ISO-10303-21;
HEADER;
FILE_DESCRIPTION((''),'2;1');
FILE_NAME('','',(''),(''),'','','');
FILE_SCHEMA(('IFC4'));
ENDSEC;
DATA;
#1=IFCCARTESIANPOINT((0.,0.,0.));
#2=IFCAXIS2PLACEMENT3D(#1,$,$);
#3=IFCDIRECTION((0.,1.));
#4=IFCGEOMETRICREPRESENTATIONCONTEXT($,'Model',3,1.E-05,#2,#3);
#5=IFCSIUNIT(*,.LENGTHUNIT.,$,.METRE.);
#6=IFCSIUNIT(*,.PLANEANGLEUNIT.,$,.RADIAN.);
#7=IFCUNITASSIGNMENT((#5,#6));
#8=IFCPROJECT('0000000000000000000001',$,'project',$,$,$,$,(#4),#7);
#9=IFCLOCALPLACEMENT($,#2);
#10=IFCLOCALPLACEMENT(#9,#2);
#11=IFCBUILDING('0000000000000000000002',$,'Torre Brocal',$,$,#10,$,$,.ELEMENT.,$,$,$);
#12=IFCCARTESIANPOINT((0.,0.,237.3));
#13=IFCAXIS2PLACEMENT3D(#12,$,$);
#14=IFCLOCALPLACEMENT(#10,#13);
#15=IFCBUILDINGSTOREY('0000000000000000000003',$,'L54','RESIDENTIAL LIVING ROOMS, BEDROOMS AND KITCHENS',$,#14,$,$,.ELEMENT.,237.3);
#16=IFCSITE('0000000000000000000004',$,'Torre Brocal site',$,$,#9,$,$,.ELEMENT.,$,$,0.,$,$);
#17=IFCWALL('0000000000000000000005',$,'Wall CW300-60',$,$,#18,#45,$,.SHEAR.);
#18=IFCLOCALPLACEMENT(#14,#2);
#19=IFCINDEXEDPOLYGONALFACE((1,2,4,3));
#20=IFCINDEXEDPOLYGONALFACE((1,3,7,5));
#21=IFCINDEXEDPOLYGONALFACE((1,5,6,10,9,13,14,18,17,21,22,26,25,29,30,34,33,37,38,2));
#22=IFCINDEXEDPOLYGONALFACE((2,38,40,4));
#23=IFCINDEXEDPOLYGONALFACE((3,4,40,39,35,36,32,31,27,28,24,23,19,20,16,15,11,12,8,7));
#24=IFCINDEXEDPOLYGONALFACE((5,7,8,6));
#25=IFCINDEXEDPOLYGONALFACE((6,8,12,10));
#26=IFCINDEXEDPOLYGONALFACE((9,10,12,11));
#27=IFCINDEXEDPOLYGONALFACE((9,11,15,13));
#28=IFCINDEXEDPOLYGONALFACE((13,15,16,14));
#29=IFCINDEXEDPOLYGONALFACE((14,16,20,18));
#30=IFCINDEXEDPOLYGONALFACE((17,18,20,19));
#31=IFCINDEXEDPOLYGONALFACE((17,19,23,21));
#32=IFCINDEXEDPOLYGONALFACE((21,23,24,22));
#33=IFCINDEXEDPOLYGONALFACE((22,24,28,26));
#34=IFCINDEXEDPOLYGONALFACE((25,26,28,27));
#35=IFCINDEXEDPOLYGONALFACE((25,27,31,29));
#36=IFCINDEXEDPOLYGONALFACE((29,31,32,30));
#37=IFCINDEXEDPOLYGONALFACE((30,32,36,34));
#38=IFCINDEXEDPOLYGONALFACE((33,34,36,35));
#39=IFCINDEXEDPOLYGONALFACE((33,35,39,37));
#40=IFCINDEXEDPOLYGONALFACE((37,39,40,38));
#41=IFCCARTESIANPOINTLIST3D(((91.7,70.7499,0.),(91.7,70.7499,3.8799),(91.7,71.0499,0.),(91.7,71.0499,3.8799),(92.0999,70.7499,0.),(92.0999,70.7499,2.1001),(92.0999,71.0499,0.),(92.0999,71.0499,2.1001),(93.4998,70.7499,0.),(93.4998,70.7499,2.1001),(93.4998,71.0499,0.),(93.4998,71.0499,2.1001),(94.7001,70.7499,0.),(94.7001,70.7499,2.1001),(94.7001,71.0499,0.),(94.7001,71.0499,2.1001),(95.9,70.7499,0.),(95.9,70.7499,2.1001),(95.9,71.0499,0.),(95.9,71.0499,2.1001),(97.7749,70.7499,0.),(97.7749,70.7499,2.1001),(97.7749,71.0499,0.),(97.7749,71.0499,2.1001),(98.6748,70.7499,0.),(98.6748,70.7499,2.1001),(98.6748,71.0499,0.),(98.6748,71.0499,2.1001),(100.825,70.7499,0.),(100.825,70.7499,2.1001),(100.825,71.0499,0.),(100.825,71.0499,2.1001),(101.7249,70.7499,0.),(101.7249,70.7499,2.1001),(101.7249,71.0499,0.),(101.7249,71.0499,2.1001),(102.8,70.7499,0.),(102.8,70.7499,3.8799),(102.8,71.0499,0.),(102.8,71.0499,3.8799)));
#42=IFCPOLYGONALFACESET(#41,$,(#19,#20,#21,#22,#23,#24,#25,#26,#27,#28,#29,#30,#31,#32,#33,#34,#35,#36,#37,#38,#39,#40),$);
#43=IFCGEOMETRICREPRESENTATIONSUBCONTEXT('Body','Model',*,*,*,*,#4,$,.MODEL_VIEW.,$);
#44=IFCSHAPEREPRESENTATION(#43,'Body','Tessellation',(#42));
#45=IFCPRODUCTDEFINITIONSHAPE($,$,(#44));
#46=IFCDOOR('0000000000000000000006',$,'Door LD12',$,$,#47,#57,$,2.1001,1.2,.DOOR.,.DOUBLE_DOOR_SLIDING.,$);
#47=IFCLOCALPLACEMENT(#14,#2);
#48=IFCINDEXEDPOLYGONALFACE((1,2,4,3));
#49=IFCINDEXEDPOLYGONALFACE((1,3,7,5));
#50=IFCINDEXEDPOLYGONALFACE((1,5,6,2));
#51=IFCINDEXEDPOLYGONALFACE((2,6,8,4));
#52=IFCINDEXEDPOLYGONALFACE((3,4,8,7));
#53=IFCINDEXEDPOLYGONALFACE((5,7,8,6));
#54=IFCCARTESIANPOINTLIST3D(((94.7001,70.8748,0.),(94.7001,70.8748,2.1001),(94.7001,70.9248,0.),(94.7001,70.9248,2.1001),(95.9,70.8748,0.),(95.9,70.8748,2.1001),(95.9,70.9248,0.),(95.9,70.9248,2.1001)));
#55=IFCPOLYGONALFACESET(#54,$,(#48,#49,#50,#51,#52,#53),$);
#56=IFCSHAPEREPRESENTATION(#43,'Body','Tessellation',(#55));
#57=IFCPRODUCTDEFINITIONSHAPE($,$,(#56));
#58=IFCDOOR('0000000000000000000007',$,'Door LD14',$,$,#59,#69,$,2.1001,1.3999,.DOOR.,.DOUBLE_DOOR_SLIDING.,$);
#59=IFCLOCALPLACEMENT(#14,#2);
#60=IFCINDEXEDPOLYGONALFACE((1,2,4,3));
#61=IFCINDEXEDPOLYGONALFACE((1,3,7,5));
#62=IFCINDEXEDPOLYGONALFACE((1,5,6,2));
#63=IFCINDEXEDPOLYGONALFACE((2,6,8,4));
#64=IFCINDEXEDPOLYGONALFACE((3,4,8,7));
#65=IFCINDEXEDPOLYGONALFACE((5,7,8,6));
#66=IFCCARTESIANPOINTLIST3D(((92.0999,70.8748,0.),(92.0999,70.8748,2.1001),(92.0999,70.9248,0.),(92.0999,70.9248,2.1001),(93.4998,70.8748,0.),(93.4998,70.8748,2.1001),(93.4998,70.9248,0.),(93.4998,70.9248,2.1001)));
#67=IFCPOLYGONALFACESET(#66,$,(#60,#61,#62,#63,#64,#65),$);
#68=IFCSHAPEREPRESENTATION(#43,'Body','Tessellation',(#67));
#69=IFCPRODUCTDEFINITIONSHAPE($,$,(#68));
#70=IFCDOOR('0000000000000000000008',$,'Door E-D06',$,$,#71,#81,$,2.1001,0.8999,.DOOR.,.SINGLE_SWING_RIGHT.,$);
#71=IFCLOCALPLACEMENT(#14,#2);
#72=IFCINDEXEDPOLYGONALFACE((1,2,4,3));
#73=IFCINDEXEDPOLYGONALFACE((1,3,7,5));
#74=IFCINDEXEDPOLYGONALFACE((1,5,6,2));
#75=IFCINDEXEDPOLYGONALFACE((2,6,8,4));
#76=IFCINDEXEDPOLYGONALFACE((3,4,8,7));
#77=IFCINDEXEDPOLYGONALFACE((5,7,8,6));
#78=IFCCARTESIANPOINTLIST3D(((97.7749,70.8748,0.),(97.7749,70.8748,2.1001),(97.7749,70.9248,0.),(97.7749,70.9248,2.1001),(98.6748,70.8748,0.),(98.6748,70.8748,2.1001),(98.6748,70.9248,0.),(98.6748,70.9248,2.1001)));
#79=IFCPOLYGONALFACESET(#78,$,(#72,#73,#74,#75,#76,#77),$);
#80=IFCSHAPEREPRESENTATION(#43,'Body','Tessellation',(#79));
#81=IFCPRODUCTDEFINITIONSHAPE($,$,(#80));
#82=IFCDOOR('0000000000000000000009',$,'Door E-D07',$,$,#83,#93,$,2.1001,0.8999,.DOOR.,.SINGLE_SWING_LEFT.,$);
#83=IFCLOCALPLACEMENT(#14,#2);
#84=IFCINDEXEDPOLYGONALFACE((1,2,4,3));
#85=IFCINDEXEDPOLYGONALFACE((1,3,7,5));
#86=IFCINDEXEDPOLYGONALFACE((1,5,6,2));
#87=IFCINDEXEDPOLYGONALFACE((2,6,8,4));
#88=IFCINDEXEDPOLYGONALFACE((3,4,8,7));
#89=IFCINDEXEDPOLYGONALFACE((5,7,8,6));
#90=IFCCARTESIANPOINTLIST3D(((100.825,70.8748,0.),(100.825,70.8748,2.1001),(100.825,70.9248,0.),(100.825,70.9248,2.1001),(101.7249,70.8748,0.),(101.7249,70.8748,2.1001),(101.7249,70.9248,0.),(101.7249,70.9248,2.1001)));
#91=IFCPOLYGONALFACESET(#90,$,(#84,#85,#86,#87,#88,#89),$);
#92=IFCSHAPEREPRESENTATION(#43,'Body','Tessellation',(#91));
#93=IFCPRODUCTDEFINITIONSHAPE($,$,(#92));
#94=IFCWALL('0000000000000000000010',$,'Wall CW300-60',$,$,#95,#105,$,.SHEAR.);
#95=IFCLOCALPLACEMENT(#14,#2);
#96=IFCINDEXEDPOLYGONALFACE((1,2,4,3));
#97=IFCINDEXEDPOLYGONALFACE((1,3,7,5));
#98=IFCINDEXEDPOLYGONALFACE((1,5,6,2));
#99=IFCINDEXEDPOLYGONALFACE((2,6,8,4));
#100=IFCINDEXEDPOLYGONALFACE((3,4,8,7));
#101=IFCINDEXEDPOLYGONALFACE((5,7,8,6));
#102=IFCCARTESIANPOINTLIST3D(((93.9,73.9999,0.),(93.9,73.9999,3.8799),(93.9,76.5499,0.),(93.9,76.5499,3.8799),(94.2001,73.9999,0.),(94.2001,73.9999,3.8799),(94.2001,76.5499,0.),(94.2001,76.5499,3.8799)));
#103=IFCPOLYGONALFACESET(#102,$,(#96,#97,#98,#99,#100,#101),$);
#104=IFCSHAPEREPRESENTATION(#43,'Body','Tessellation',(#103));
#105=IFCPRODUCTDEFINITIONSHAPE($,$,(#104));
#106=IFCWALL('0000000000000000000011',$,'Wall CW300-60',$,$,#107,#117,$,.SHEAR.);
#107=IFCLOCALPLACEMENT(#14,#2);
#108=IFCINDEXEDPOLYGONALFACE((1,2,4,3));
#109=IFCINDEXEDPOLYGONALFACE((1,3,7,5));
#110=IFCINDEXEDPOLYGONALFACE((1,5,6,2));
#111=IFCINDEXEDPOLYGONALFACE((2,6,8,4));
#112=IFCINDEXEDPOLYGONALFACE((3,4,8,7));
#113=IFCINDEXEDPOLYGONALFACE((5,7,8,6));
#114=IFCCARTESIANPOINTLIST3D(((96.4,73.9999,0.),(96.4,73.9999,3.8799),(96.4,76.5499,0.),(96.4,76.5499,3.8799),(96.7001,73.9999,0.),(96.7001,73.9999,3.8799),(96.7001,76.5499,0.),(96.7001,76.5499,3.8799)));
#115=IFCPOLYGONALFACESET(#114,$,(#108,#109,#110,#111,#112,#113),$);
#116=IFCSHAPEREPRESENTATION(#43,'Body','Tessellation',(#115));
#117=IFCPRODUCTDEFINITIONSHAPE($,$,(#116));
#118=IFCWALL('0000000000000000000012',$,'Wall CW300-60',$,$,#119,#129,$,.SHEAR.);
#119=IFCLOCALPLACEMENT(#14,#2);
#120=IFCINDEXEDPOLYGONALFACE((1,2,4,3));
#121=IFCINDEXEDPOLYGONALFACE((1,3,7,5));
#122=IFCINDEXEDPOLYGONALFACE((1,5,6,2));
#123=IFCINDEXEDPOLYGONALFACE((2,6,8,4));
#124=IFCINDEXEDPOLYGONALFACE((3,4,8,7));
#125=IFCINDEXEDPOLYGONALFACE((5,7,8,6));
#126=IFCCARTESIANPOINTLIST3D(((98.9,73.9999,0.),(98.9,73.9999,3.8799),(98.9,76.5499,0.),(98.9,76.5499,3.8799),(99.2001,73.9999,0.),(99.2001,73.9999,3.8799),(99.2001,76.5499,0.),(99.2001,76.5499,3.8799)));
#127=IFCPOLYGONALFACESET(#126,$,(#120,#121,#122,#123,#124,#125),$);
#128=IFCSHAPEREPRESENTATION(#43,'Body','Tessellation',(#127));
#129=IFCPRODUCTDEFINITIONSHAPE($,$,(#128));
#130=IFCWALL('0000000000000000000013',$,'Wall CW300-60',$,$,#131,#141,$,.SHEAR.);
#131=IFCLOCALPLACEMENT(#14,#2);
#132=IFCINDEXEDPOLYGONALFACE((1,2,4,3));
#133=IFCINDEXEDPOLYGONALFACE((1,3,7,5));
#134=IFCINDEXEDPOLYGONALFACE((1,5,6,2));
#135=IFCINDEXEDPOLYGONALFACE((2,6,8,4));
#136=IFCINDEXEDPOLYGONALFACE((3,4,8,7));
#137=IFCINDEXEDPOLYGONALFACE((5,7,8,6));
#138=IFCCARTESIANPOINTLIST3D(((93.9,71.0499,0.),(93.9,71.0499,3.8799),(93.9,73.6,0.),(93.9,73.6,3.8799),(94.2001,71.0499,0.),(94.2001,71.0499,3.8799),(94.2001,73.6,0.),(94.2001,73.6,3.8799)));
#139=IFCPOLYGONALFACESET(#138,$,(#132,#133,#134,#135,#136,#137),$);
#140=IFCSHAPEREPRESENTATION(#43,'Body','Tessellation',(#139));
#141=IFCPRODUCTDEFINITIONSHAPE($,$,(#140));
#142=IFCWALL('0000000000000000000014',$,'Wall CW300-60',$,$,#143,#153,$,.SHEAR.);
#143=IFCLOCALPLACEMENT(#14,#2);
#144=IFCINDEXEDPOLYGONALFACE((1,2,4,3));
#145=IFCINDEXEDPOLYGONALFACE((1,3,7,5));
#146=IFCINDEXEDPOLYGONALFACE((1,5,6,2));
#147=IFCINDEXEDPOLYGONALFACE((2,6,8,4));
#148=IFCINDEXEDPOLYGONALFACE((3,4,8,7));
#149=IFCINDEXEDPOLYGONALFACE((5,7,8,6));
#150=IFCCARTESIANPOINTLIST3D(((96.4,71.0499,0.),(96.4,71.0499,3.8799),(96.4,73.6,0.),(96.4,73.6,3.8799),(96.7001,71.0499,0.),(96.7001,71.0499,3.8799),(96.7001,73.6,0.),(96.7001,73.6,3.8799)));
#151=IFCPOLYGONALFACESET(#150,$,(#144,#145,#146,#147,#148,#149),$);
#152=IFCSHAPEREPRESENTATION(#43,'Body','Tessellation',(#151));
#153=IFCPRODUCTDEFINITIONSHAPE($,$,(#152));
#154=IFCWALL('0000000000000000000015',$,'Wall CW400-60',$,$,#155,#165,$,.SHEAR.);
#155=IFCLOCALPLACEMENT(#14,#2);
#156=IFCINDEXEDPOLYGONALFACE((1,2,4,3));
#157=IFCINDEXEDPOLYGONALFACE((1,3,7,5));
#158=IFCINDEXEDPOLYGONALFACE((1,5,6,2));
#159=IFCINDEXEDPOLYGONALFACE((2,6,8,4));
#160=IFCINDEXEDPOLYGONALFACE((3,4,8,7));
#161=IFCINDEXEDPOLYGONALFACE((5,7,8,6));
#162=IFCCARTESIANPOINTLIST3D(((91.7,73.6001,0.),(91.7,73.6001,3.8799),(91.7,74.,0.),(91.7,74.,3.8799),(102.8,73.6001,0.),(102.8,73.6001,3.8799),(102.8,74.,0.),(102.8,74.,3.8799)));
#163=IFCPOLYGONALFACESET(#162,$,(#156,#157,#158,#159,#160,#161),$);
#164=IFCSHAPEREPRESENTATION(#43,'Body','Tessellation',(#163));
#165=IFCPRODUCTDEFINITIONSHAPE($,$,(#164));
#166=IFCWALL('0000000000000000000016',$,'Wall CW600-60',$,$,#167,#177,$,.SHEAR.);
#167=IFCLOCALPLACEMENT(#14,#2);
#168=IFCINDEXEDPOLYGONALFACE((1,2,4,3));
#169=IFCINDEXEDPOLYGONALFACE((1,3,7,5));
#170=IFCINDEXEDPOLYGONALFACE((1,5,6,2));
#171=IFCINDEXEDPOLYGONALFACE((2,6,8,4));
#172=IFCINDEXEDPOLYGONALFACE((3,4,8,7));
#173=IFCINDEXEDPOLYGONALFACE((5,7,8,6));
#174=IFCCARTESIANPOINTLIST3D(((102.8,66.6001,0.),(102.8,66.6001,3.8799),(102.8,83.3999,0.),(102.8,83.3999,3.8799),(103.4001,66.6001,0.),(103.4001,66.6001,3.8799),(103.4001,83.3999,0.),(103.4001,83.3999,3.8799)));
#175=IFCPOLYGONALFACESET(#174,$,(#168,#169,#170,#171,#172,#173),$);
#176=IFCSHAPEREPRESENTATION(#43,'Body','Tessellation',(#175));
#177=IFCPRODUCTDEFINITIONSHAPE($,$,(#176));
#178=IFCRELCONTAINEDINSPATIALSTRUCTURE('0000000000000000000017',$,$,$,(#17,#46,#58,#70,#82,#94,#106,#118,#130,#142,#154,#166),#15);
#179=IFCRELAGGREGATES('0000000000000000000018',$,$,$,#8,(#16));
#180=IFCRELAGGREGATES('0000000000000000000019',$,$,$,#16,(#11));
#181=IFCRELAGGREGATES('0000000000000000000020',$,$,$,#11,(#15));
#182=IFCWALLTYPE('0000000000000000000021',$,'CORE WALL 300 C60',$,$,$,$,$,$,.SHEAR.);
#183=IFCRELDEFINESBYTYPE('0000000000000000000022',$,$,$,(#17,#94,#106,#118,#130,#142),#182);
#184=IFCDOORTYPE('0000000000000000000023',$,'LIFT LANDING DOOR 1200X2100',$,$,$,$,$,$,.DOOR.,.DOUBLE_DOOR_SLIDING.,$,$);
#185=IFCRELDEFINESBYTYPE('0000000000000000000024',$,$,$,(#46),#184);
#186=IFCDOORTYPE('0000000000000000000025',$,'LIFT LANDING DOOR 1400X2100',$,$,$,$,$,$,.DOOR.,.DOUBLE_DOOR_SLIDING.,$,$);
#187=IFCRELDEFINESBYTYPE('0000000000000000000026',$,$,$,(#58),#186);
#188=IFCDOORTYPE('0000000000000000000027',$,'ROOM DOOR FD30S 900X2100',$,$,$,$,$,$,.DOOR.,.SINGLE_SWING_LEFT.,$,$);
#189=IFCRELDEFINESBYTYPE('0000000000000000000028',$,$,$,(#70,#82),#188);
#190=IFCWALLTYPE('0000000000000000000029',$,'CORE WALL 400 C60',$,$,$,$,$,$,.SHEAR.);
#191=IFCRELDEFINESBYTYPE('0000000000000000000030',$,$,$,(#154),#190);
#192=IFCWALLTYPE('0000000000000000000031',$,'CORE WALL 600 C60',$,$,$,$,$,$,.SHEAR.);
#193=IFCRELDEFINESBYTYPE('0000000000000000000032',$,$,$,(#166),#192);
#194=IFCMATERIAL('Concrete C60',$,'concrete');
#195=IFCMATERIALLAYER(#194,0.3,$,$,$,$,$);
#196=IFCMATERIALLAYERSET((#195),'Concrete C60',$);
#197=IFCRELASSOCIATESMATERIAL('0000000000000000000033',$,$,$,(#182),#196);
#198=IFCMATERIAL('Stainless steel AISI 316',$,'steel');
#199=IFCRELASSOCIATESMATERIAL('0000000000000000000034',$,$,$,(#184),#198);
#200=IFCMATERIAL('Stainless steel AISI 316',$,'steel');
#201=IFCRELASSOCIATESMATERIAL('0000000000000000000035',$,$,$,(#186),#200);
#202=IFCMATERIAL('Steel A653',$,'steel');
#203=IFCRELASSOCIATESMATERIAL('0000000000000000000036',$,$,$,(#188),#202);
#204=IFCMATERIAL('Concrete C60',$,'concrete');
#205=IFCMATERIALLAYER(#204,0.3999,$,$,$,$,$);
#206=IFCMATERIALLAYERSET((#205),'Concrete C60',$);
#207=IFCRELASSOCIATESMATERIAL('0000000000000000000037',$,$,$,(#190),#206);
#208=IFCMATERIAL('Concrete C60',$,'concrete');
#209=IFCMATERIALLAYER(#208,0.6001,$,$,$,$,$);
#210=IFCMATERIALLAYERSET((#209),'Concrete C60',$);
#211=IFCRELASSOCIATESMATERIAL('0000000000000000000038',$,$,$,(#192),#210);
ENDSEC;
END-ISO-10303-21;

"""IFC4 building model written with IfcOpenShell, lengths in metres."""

from ifc_helpers import new_model, si_unit, direction, frame, frame_2d, origin, place, context, subcontext, project, spatial, rectangle, extrude, material, layer, layer_set, type_object, element, fill, save


model = new_model("IFC4")

# Units and contexts
model_context = context("Model", 3, precision=1e-05, world=origin(), true_north=direction((0.0, 1.0)))
body_context = subcontext(model_context, "Body", "Model", "MODEL_VIEW")
ifc_project = project(units=[si_unit("LENGTHUNIT", "METRE"), si_unit("PLANEANGLEUNIT", "RADIAN")], contexts=[model_context])

# Site, building, storey
site_placement = place(None, origin())
site = spatial("IfcSite", under=ifc_project, at=site_placement, Name="Torre Brocal site", CompositionType="ELEMENT", RefElevation=0.0)
building_placement = place(site_placement, origin())
building = spatial("IfcBuilding", under=site, at=building_placement, Name="Torre Brocal", CompositionType="ELEMENT")
storey_placement = place(building_placement, frame((0.0, 0.0, 237.3)))
storey = spatial("IfcBuildingStorey", under=building, at=storey_placement, Name="L54", Description="RESIDENTIAL LIVING ROOMS, BEDROOMS AND KITCHENS", CompositionType="ELEMENT", Elevation=237.3)

# Shared definitions
ifc_material_1 = material(Name="Concrete C60", Category="concrete")
ifc_layer_1 = layer(ifc_material_1, 0.3)
ifc_layer_set_1 = layer_set([ifc_layer_1], Name="Concrete C60")
wall_type_1 = type_object("IfcWallType", Name="CORE WALL 300 C60", PredefinedType="SHEAR", material=ifc_layer_set_1)

# Wall, openings, doors
wall_1_placement = place(storey_placement, frame((91.7, 70.8999, 0.0), z_axis=(0.0, 0.0, 1.0), x_axis=(1.0, 0.0, 0.0)))
wall_1 = element("IfcWall", 1, at=wall_1_placement, inside=storey, type_object=wall_type_1, Name="Wall CW300-60", PredefinedType="SHEAR", context=body_context, shape_type="SweptSolid", body=[
    extrude(rectangle(XDim=11.1001, YDim=0.3, at=frame_2d((5.55, 0.0))), origin(), (0.0, 0.0, 1.0), 3.8799),
])
opening_1_placement = place(wall_1_placement, frame((0.3999, 0.0, 0.0)))
opening_1 = element("IfcOpeningElement", 2, at=opening_1_placement, cuts=wall_1, PredefinedType="OPENING", context=body_context, shape_type="SweptSolid", body=[
    extrude(rectangle(XDim=1.3999, YDim=2.1001, at=frame_2d((0.7, 1.05))), frame((0.0, 0.1599, 0.0), z_axis=(0.0, -1.0, 0.0), x_axis=(1.0, 0.0, 0.0)), (0.0, 0.0, 1.0), 0.3201),
])
opening_2_placement = place(wall_1_placement, frame((3.0, 0.0, 0.0)))
opening_2 = element("IfcOpeningElement", 3, at=opening_2_placement, cuts=wall_1, PredefinedType="OPENING", context=body_context, shape_type="SweptSolid", body=[
    extrude(rectangle(XDim=1.2, YDim=2.1001, at=frame_2d((0.6001, 1.05))), frame((0.0, 0.1599, 0.0), z_axis=(0.0, -1.0, 0.0), x_axis=(1.0, 0.0, 0.0)), (0.0, 0.0, 1.0), 0.3201),
])
opening_3_placement = place(wall_1_placement, frame((6.075, 0.0, 0.0)))
opening_3 = element("IfcOpeningElement", 4, at=opening_3_placement, cuts=wall_1, PredefinedType="OPENING", context=body_context, shape_type="SweptSolid", body=[
    extrude(rectangle(XDim=0.8999, YDim=2.1001, at=frame_2d((0.45, 1.05))), frame((0.0, 0.1599, 0.0), z_axis=(0.0, -1.0, 0.0), x_axis=(1.0, 0.0, 0.0)), (0.0, 0.0, 1.0), 0.3201),
])
opening_4_placement = place(wall_1_placement, frame((9.125, 0.0, 0.0)))
opening_4 = element("IfcOpeningElement", 5, at=opening_4_placement, cuts=wall_1, PredefinedType="OPENING", context=body_context, shape_type="SweptSolid", body=[
    extrude(rectangle(XDim=0.8999, YDim=2.1001, at=frame_2d((0.45, 1.05))), frame((0.0, 0.1599, 0.0), z_axis=(0.0, -1.0, 0.0), x_axis=(1.0, 0.0, 0.0)), (0.0, 0.0, 1.0), 0.3201),
])
ifc_material_2 = material(Name="Stainless steel AISI 316", Category="steel")
door_type_1 = type_object("IfcDoorType", Name="LIFT LANDING DOOR 1200X2100", OperationType="DOUBLE_DOOR_SLIDING", PredefinedType="DOOR", material=ifc_material_2)
door_1_placement = place(opening_2_placement, origin())
door_1 = element("IfcDoor", 6, at=door_1_placement, inside=storey, type_object=door_type_1, Name="Door LD12", OperationType="DOUBLE_DOOR_SLIDING", OverallHeight=2.1001, OverallWidth=1.2, PredefinedType="DOOR", context=body_context, shape_type="SweptSolid", body=[
    extrude(rectangle(XDim=1.2, YDim=2.1001, at=frame_2d((0.6001, 1.05))), frame((0.0, 0.0249, 0.0), z_axis=(0.0, -1.0, 0.0), x_axis=(1.0, 0.0, 0.0)), (0.0, 0.0, 1.0), 0.05),
])
fill(opening_2, door_1)
ifc_material_3 = material(Name="Stainless steel AISI 316", Category="steel")
door_type_2 = type_object("IfcDoorType", Name="LIFT LANDING DOOR 1400X2100", OperationType="DOUBLE_DOOR_SLIDING", PredefinedType="DOOR", material=ifc_material_3)
door_2_placement = place(opening_1_placement, origin())
door_2 = element("IfcDoor", 7, at=door_2_placement, inside=storey, type_object=door_type_2, Name="Door LD14", OperationType="DOUBLE_DOOR_SLIDING", OverallHeight=2.1001, OverallWidth=1.3999, PredefinedType="DOOR", context=body_context, shape_type="SweptSolid", body=[
    extrude(rectangle(XDim=1.3999, YDim=2.1001, at=frame_2d((0.7, 1.05))), frame((0.0, 0.0249, 0.0), z_axis=(0.0, -1.0, 0.0), x_axis=(1.0, 0.0, 0.0)), (0.0, 0.0, 1.0), 0.05),
])
fill(opening_1, door_2)
ifc_material_4 = material(Name="Steel A653", Category="steel")
door_type_3 = type_object("IfcDoorType", Name="ROOM DOOR FD30S 900X2100", OperationType="SINGLE_SWING_LEFT", PredefinedType="DOOR", material=ifc_material_4)
door_3_placement = place(opening_3_placement, origin())
door_3 = element("IfcDoor", 8, at=door_3_placement, inside=storey, type_object=door_type_3, Name="Door E-D06", OperationType="SINGLE_SWING_RIGHT", OverallHeight=2.1001, OverallWidth=0.8999, PredefinedType="DOOR", context=body_context, shape_type="SweptSolid", body=[
    extrude(rectangle(XDim=0.8999, YDim=2.1001, at=frame_2d((0.45, 1.05))), frame((0.0, 0.0249, 0.0), z_axis=(0.0, -1.0, 0.0), x_axis=(1.0, 0.0, 0.0)), (0.0, 0.0, 1.0), 0.05),
])
fill(opening_3, door_3)
door_4_placement = place(opening_4_placement, origin())
door_4 = element("IfcDoor", 9, at=door_4_placement, inside=storey, type_object=door_type_3, Name="Door E-D07", OperationType="SINGLE_SWING_LEFT", OverallHeight=2.1001, OverallWidth=0.8999, PredefinedType="DOOR", context=body_context, shape_type="SweptSolid", body=[
    extrude(rectangle(XDim=0.8999, YDim=2.1001, at=frame_2d((0.45, 1.05))), frame((0.0, 0.0249, 0.0), z_axis=(0.0, -1.0, 0.0), x_axis=(1.0, 0.0, 0.0)), (0.0, 0.0, 1.0), 0.05),
])
fill(opening_4, door_4)

# Walls
for number, where, z_axis, x_axis, name in (
    (10, (94.05, 74.0, 0.0), (0.0, 0.0, 1.0), (0.0, 1.0, 0.0), "Wall CW300-60"),
    (11, (96.55, 74.0, 0.0), (0.0, 0.0, 1.0), (0.0, 1.0, 0.0), "Wall CW300-60"),
    (12, (99.05, 74.0, 0.0), (0.0, 0.0, 1.0), (0.0, 1.0, 0.0), "Wall CW300-60"),
    (13, (94.05, 71.05, 0.0), (0.0, 0.0, 1.0), (0.0, 1.0, 0.0), "Wall CW300-60"),
    (14, (96.55, 71.05, 0.0), (0.0, 0.0, 1.0), (0.0, 1.0, 0.0), "Wall CW300-60"),
):
    element("IfcWall", number, at=place(storey_placement, frame(where, z_axis=z_axis, x_axis=x_axis)), inside=storey, type_object=wall_type_1, Name=name, PredefinedType="SHEAR", context=body_context, shape_type="SweptSolid", body=[
        extrude(rectangle(XDim=2.55, YDim=0.3, at=frame_2d((1.2749, 0.0))), origin(), (0.0, 0.0, 1.0), 3.8799),
    ])
ifc_material_5 = material(Name="Concrete C60", Category="concrete")
ifc_layer_2 = layer(ifc_material_5, 0.3999)
ifc_layer_set_2 = layer_set([ifc_layer_2], Name="Concrete C60")
wall_type_2 = type_object("IfcWallType", Name="CORE WALL 400 C60", PredefinedType="SHEAR", material=ifc_layer_set_2)
wall_2_placement = place(storey_placement, frame((91.7, 73.8, 0.0), z_axis=(0.0, 0.0, 1.0), x_axis=(1.0, 0.0, 0.0)))
element("IfcWall", 15, at=wall_2_placement, inside=storey, type_object=wall_type_2, Name="Wall CW400-60", PredefinedType="SHEAR", context=body_context, shape_type="SweptSolid", body=[
    extrude(rectangle(XDim=11.1001, YDim=0.3999, at=frame_2d((5.55, 0.0))), origin(), (0.0, 0.0, 1.0), 3.8799),
])
ifc_material_6 = material(Name="Concrete C60", Category="concrete")
ifc_layer_3 = layer(ifc_material_6, 0.6001)
ifc_layer_set_3 = layer_set([ifc_layer_3], Name="Concrete C60")
wall_type_3 = type_object("IfcWallType", Name="CORE WALL 600 C60", PredefinedType="SHEAR", material=ifc_layer_set_3)
wall_3_placement = place(storey_placement, frame((103.1001, 66.6001, 0.0), z_axis=(0.0, 0.0, 1.0), x_axis=(0.0, 1.0, 0.0)))
element("IfcWall", 16, at=wall_3_placement, inside=storey, type_object=wall_type_3, Name="Wall CW600-60", PredefinedType="SHEAR", context=body_context, shape_type="SweptSolid", body=[
    extrude(rectangle(XDim=16.7998, YDim=0.6001, at=frame_2d((8.3999, 0.0))), origin(), (0.0, 0.0, 1.0), 3.8799),
])

save(model, "model.ifc")
